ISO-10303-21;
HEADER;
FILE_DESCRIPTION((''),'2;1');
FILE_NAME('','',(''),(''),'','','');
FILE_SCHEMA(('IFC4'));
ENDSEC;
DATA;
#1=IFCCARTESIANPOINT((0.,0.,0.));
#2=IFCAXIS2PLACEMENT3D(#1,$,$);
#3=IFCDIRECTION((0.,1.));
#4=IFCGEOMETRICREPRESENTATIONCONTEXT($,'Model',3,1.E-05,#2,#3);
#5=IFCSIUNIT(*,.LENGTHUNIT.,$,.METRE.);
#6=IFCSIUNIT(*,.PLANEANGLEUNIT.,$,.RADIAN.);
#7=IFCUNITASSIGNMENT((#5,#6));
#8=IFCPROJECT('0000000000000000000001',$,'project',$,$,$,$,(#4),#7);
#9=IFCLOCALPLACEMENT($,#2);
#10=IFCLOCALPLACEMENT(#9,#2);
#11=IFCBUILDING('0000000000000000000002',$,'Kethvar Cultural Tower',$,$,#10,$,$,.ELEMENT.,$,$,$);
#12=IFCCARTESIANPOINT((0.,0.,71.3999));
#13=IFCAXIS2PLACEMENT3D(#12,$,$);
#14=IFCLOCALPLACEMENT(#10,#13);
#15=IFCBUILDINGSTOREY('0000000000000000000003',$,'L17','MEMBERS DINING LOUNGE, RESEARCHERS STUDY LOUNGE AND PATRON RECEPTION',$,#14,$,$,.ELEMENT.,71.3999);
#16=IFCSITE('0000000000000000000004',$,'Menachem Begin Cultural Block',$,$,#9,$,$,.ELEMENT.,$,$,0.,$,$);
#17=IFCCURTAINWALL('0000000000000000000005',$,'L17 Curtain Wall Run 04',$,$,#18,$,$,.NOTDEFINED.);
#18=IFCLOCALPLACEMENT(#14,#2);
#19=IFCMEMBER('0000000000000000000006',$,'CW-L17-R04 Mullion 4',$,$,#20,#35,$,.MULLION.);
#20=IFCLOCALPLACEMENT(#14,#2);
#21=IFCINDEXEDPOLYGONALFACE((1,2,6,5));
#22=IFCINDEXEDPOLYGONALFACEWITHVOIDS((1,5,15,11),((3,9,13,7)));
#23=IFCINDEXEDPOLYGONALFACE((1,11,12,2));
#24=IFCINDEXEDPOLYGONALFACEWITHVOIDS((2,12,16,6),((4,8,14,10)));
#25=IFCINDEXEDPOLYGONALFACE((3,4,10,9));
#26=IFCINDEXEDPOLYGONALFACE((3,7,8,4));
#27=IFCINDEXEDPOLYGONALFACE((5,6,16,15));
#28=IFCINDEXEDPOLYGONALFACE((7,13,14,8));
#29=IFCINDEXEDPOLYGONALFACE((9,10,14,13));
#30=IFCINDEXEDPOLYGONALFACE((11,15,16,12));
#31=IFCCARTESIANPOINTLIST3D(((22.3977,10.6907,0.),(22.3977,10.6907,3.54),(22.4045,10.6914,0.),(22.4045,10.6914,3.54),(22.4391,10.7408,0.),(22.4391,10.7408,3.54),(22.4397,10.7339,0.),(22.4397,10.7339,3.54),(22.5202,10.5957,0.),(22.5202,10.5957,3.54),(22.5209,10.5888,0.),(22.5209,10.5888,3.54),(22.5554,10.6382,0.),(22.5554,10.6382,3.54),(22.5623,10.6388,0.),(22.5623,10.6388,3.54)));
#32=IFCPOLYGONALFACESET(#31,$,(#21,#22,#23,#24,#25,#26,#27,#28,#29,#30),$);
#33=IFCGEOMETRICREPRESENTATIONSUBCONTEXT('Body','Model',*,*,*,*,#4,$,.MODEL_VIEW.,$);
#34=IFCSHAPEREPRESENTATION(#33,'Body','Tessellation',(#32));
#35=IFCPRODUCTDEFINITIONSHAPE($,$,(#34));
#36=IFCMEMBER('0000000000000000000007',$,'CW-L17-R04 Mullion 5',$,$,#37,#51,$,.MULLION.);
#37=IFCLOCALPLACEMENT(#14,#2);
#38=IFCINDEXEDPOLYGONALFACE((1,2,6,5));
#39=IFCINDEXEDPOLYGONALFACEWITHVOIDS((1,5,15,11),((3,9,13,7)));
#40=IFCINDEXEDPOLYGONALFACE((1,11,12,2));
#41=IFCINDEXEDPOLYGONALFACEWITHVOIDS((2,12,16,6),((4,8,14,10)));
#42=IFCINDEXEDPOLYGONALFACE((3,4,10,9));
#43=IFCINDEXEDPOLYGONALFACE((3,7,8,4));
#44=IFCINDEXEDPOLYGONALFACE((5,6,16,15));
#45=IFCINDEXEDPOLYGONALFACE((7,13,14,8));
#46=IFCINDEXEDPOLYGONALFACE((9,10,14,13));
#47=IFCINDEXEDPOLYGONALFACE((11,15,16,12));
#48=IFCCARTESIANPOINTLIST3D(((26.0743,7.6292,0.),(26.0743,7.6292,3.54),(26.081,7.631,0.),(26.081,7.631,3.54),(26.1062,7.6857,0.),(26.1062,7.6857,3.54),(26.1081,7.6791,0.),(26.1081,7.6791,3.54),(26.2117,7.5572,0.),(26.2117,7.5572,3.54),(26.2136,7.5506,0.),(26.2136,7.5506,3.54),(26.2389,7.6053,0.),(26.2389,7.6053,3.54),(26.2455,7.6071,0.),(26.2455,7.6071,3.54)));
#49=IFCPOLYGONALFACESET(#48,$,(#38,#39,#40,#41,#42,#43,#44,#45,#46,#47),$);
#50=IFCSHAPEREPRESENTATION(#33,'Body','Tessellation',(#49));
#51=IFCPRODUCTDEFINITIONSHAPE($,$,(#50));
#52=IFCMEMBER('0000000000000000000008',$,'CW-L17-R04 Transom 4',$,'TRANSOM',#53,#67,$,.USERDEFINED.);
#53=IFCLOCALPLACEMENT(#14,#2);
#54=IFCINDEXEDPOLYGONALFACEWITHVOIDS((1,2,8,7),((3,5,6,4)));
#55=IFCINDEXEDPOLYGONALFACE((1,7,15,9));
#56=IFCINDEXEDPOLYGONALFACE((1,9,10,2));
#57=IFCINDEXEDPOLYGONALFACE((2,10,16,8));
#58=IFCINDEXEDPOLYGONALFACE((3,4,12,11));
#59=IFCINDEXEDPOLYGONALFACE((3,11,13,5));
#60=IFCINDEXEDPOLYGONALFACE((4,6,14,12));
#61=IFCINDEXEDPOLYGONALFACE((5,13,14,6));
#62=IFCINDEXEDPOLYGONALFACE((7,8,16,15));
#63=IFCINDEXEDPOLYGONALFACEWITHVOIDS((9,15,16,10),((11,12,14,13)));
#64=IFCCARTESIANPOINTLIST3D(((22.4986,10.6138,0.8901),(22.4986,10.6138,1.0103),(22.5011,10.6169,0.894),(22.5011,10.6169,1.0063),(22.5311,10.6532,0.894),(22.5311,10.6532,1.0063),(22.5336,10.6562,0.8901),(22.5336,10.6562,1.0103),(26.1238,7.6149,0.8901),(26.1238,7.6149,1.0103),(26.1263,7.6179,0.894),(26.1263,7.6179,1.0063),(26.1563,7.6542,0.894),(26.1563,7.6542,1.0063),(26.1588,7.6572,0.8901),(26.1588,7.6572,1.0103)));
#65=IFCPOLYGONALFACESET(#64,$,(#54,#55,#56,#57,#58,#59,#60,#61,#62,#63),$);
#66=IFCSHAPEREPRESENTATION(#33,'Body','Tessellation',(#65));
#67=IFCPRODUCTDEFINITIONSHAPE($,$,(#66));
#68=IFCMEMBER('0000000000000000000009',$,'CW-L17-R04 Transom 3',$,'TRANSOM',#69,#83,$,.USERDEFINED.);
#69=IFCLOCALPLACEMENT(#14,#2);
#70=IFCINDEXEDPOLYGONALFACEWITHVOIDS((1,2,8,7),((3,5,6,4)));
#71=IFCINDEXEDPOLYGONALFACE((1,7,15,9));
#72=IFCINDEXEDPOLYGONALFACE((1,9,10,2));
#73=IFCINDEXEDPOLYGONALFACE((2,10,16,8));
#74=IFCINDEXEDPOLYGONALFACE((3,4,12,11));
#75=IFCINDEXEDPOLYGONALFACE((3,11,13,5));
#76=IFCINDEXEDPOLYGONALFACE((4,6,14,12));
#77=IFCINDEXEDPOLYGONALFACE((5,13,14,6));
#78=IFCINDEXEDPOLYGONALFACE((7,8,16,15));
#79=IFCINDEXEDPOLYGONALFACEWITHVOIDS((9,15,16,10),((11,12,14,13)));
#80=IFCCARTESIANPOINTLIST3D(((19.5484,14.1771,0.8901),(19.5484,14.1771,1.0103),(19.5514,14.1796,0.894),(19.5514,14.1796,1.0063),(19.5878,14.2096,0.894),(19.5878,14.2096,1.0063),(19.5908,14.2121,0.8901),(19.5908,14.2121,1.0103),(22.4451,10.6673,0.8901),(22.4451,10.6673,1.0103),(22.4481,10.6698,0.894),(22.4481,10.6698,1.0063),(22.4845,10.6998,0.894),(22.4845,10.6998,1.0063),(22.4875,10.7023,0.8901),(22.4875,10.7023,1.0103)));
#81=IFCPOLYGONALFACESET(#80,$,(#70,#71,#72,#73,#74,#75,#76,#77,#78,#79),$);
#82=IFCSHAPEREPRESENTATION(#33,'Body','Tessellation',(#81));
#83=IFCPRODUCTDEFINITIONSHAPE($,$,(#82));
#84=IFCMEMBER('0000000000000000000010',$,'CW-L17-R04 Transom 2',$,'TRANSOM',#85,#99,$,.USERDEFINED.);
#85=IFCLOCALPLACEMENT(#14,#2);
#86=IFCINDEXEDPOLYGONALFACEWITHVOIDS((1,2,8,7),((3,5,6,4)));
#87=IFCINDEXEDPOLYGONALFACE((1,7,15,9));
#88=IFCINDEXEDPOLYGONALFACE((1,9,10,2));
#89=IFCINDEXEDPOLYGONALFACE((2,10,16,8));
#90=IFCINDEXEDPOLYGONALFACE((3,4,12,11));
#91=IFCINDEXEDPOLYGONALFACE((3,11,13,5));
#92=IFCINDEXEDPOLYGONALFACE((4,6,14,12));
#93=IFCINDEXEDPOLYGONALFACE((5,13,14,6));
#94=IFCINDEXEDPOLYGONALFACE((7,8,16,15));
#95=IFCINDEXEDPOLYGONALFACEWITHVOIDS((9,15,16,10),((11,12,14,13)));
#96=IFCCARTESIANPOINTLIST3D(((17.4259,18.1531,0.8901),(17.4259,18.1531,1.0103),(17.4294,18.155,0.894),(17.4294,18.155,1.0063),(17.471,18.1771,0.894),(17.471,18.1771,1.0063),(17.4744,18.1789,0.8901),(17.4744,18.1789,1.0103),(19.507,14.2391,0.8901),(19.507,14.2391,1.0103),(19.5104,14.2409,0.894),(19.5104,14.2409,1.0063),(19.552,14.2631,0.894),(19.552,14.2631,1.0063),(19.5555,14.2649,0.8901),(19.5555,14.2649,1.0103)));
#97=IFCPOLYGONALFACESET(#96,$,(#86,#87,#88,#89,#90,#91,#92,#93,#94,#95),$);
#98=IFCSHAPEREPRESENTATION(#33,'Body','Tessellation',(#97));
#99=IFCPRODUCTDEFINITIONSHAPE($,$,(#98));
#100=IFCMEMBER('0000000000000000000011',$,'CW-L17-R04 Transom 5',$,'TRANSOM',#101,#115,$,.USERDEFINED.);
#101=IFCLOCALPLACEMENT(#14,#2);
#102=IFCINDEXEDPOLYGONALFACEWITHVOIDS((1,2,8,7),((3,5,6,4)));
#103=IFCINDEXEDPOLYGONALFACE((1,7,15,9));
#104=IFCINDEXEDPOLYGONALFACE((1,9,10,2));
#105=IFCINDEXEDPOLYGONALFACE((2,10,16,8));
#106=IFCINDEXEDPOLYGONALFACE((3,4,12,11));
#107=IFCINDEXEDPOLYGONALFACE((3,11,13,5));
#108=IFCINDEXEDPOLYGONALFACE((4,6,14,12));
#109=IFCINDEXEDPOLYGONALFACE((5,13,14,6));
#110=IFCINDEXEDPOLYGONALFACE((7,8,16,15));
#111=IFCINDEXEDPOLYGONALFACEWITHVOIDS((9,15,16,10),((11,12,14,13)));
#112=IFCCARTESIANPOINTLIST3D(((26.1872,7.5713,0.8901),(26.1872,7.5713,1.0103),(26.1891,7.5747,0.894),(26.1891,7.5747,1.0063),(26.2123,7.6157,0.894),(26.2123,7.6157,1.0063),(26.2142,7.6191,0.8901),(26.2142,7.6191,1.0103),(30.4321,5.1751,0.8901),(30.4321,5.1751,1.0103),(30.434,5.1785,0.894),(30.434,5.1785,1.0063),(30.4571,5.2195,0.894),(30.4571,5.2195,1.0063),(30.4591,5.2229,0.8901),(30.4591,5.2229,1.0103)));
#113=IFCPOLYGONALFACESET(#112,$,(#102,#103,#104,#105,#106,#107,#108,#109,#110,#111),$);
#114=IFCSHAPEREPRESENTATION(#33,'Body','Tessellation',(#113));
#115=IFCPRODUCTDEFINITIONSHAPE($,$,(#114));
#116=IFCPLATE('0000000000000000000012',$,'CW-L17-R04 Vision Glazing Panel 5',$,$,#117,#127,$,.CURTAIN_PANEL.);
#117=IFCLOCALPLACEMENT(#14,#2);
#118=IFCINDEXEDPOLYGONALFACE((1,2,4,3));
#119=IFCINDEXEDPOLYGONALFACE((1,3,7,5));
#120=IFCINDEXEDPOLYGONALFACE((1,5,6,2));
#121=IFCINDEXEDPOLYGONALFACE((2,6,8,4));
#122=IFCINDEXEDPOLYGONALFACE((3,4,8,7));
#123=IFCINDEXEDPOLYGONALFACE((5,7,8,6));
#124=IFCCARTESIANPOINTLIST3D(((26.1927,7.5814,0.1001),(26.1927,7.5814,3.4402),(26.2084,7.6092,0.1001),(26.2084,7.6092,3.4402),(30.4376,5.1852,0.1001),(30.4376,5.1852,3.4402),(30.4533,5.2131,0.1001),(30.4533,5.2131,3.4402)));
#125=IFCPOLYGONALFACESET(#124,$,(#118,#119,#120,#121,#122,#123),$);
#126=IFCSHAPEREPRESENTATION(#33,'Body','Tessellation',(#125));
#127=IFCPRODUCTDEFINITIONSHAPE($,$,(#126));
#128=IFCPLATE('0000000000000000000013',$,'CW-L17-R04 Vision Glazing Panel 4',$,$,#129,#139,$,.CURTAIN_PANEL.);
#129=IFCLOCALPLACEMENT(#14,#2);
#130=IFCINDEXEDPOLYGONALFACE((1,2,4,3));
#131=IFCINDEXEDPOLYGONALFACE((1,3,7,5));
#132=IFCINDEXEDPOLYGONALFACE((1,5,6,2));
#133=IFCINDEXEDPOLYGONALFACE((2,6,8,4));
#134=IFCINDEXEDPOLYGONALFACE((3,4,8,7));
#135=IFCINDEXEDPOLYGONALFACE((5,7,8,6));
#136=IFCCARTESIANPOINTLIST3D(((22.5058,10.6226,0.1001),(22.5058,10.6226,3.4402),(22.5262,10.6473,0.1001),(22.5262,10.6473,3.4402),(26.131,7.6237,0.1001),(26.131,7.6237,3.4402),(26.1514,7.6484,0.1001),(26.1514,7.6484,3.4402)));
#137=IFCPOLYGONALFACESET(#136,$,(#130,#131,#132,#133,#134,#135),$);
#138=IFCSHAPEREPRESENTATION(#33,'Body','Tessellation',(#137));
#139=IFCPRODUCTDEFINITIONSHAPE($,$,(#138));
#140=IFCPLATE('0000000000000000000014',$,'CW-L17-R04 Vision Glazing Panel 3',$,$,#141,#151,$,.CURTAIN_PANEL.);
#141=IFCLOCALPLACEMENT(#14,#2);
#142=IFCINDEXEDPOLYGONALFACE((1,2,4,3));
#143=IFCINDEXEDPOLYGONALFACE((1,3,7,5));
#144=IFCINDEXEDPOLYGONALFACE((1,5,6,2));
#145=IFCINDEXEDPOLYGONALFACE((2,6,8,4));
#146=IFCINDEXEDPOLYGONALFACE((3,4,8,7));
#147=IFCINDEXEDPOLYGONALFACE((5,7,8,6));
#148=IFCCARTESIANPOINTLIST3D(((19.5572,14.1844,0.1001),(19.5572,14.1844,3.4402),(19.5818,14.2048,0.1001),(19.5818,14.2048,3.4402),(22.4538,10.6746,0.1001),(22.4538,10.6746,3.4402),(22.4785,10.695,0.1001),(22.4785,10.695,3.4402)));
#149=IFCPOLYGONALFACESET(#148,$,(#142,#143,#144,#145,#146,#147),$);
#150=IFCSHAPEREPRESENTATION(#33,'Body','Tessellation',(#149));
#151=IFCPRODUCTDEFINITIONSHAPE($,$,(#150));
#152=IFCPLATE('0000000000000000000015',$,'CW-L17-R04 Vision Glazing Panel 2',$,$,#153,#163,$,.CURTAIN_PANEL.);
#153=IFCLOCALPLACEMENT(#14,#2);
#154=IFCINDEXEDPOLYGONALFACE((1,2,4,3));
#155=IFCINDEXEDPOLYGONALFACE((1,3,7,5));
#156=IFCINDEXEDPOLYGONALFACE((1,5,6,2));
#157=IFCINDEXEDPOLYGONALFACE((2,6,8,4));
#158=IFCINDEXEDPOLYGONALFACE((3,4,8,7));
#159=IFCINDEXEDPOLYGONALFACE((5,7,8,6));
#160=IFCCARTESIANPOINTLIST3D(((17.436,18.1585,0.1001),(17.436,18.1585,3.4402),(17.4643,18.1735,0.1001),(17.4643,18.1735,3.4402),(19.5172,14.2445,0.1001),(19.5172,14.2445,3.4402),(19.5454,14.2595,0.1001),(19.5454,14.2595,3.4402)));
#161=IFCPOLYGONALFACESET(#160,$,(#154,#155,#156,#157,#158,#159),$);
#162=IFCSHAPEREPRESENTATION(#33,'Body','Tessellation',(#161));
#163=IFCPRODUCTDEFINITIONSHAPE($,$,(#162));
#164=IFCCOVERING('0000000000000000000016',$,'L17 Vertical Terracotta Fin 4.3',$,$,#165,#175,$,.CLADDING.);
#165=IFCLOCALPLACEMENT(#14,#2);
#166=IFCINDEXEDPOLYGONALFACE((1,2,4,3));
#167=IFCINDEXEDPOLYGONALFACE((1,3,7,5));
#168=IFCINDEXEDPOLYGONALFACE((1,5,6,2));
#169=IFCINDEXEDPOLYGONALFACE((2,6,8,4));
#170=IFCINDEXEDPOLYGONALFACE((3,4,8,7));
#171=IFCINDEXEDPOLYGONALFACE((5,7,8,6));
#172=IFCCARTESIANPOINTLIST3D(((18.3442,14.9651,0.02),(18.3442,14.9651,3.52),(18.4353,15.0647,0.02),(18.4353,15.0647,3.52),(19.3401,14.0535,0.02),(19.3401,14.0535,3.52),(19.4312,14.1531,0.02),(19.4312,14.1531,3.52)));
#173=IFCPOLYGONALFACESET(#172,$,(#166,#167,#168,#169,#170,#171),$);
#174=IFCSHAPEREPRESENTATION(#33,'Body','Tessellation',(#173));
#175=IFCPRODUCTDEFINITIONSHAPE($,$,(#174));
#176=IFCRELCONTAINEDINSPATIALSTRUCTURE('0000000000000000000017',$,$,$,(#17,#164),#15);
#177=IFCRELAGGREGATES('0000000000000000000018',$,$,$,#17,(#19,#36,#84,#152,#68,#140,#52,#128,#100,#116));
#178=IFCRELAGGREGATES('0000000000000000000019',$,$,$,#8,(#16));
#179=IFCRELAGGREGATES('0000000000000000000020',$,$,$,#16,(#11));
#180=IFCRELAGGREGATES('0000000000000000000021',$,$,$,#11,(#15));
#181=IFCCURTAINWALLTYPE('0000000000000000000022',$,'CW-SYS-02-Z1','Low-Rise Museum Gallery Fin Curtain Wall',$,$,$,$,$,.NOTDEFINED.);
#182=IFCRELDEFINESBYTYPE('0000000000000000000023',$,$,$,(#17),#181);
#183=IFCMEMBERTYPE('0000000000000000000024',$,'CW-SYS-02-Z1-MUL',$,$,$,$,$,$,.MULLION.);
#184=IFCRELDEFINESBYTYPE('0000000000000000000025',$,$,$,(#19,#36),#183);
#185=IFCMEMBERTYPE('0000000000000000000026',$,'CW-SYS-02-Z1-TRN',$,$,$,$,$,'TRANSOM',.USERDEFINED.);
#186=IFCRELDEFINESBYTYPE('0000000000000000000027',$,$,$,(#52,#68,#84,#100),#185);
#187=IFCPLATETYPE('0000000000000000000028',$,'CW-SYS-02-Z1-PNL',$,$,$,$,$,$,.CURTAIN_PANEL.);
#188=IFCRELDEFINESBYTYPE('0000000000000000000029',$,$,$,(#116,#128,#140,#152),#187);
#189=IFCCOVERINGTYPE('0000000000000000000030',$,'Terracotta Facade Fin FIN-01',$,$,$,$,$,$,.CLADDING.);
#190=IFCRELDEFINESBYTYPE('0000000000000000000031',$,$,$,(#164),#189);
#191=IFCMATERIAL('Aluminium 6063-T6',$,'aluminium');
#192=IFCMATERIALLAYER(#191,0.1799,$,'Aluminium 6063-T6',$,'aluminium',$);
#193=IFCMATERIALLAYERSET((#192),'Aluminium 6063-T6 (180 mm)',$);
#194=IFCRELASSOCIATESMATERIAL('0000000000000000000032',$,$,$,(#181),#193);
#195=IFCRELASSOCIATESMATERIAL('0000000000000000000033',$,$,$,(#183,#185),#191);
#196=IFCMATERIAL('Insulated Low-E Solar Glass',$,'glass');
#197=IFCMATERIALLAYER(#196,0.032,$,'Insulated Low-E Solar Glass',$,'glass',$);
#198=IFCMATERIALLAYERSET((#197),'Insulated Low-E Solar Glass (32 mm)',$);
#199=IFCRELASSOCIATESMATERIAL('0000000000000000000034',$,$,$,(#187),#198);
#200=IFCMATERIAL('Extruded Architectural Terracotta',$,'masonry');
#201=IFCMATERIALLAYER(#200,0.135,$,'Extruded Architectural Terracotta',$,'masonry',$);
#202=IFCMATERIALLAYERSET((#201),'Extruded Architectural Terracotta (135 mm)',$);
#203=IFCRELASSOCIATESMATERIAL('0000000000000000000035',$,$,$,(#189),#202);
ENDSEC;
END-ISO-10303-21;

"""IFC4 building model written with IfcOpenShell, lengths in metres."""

from ifc_helpers import new_model, si_unit, direction, frame, origin, origin_2d, place, context, subcontext, project, spatial, rectangle, hollow_rectangle, extrude, source, transform, mapped, material, layer, layer_set, material_profile, profile_set, type_object, element, aggregate, save


model = new_model("IFC4")

# Units and contexts
model_context = context("Model", 3, precision=1e-05, world=origin(), true_north=direction((0.0, 1.0)))
body_context = subcontext(model_context, "Body", "Model", "MODEL_VIEW")
ifc_project = project(units=[si_unit("LENGTHUNIT", "METRE"), si_unit("PLANEANGLEUNIT", "RADIAN")], contexts=[model_context])

# Site, building, storey
site_placement = place(None, origin())
site = spatial("IfcSite", under=ifc_project, at=site_placement, Name="Menachem Begin Cultural Block", CompositionType="ELEMENT", RefElevation=0.0)
building_placement = place(site_placement, origin())
building = spatial("IfcBuilding", under=site, at=building_placement, Name="Kethvar Cultural Tower", CompositionType="ELEMENT")
storey_placement = place(building_placement, frame((0.0, 0.0, 71.3999)))
storey = spatial("IfcBuildingStorey", under=building, at=storey_placement, Name="L17", Description="MEMBERS DINING LOUNGE, RESEARCHERS STUDY LOUNGE AND PATRON RECEPTION", CompositionType="ELEMENT", Elevation=71.3999)

# Curtain wall, members, plates
ifc_material_1 = material(Name="Aluminium 6063-T6", Category="aluminium")
ifc_layer_1 = layer(ifc_material_1, 0.1799, Name="Aluminium 6063-T6", Category="aluminium")
ifc_layer_set_1 = layer_set([ifc_layer_1], Name="Aluminium 6063-T6 (180 mm)")
curtain_wall_type = type_object("IfcCurtainWallType", Name="CW-SYS-02-Z1", Description="Low-Rise Museum Gallery Fin Curtain Wall", PredefinedType="NOTDEFINED", material=ifc_layer_set_1)
curtain_wall_placement = place(storey_placement, origin())
curtain_wall = element("IfcCurtainWall", 1, at=curtain_wall_placement, inside=storey, type_object=curtain_wall_type, Name="L17 Curtain Wall Run 04", PredefinedType="NOTDEFINED")
ifc_material_profile_1 = material_profile(ifc_material_1, hollow_rectangle(XDim=0.0649, YDim=0.1599, WallThickness=0.0049, at=origin_2d()), Name="Aluminium 6063-T6 — RHS160x65x5")
ifc_profile_set_1 = profile_set([ifc_material_profile_1], Name="Aluminium 6063-T6 — RHS160x65x5")
member_type_1 = type_object("IfcMemberType", Name="CW-SYS-02-Z1-MUL", PredefinedType="MULLION", material=ifc_profile_set_1)
shared_shape_1 = source(origin(), body_context, "Body", "SweptSolid", [
    extrude(hollow_rectangle(XDim=0.0649, YDim=0.1599, WallThickness=0.0049, at=origin_2d()), origin(), (0.0, 0.0, 1.0), 3.54),
])
member_1_placement = place(storey_placement, frame((22.48, 10.6648, 0.0), z_axis=(0.0, 0.0, 1.0), x_axis=(0.637411, 0.770524, 0.0)))
member_1 = element("IfcMember", 2, at=member_1_placement, type_object=member_type_1, Name="CW-L17-R04 Mullion 4", PredefinedType="MULLION", context=body_context, shape_type="MappedRepresentation", body=[
    mapped(shared_shape_1, transform((0.0, 0.0, 0.0), scale=1.0)),
])
member_2_placement = place(storey_placement, frame((26.1599, 7.6182, 0.0), z_axis=(0.0, 0.0, 1.0), x_axis=(0.491573, 0.870837, 0.0)))
member_2 = element("IfcMember", 3, at=member_2_placement, type_object=member_type_1, Name="CW-L17-R04 Mullion 5", PredefinedType="MULLION", context=body_context, shape_type="MappedRepresentation", body=[
    mapped(shared_shape_1, transform((0.0, 0.0, 0.0), scale=1.0)),
])
ifc_material_profile_2 = material_profile(ifc_material_1, hollow_rectangle(XDim=0.0549, YDim=0.1201, WallThickness=0.0039, at=origin_2d()), Name="Aluminium 6063-T6 — RHS120x55x4")
ifc_profile_set_2 = profile_set([ifc_material_profile_2], Name="Aluminium 6063-T6 — RHS120x55x4")
member_type_2 = type_object("IfcMemberType", Name="CW-SYS-02-Z1-TRN", ElementType="TRANSOM", PredefinedType="USERDEFINED", material=ifc_profile_set_2)
shared_shape_2 = source(origin(), body_context, "Body", "SweptSolid", [
    extrude(hollow_rectangle(XDim=0.0549, YDim=0.1201, WallThickness=0.0039, at=origin_2d()), origin(), (0.0, 0.0, 1.0), 4.7048),
])
member_3_placement = place(storey_placement, frame((22.5161, 10.635, 0.9502), z_axis=(0.770517, -0.637419, 0.0), x_axis=(0.637419, 0.770517, 0.0)))
member_3 = element("IfcMember", 4, at=member_3_placement, type_object=member_type_2, Name="CW-L17-R04 Transom 4", ObjectType="TRANSOM", PredefinedType="USERDEFINED", context=body_context, shape_type="MappedRepresentation", body=[
    mapped(shared_shape_2, transform((0.0, 0.0, 0.0), scale=1.0)),
])
shared_shape_3 = source(origin(), body_context, "Body", "SweptSolid", [
    extrude(hollow_rectangle(XDim=0.0549, YDim=0.1201, WallThickness=0.0039, at=origin_2d()), origin(), (0.0, 0.0, 1.0), 4.5508),
])
member_4_placement = place(storey_placement, frame((19.5696, 14.1946, 0.9502), z_axis=(0.636536, -0.771247, 0.0), x_axis=(0.771247, 0.636536, 0.0)))
member_4 = element("IfcMember", 5, at=member_4_placement, type_object=member_type_2, Name="CW-L17-R04 Transom 3", ObjectType="TRANSOM", PredefinedType="USERDEFINED", context=body_context, shape_type="MappedRepresentation", body=[
    mapped(shared_shape_3, transform((0.0, 0.0, 0.0), scale=1.0)),
])
shared_shape_4 = source(origin(), body_context, "Body", "SweptSolid", [
    extrude(hollow_rectangle(XDim=0.0549, YDim=0.1201, WallThickness=0.0039, at=origin_2d()), origin(), (0.0, 0.0, 1.0), 4.4329),
])
member_5_placement = place(storey_placement, frame((17.4502, 18.166, 0.9502), z_axis=(0.469456, -0.882956, 0.0), x_axis=(0.882956, 0.469456, 0.0)))
member_5 = element("IfcMember", 6, at=member_5_placement, type_object=member_type_2, Name="CW-L17-R04 Transom 2", ObjectType="TRANSOM", PredefinedType="USERDEFINED", context=body_context, shape_type="MappedRepresentation", body=[
    mapped(shared_shape_4, transform((0.0, 0.0, 0.0), scale=1.0)),
])
shared_shape_5 = source(origin(), body_context, "Body", "SweptSolid", [
    extrude(hollow_rectangle(XDim=0.0549, YDim=0.1201, WallThickness=0.0039, at=origin_2d()), origin(), (0.0, 0.0, 1.0), 4.8745),
])
member_6_placement = place(storey_placement, frame((26.2007, 7.5952, 0.9502), z_axis=(0.870829, -0.491585, 0.0), x_axis=(0.491585, 0.870829, 0.0)))
member_6 = element("IfcMember", 7, at=member_6_placement, type_object=member_type_2, Name="CW-L17-R04 Transom 5", ObjectType="TRANSOM", PredefinedType="USERDEFINED", context=body_context, shape_type="MappedRepresentation", body=[
    mapped(shared_shape_5, transform((0.0, 0.0, 0.0), scale=1.0)),
])
ifc_material_2 = material(Name="Insulated Low-E Solar Glass", Category="glass")
ifc_layer_2 = layer(ifc_material_2, 0.032, Name="Insulated Low-E Solar Glass", Category="glass")
ifc_layer_set_2 = layer_set([ifc_layer_2], Name="Insulated Low-E Solar Glass (32 mm)")
plate_type = type_object("IfcPlateType", Name="CW-SYS-02-Z1-PNL", PredefinedType="CURTAIN_PANEL", material=ifc_layer_set_2)
shared_shape_6 = source(origin(), body_context, "Body", "SweptSolid", [
    extrude(rectangle(XDim=4.8745, YDim=0.032, at=origin_2d()), origin(), (0.0, 0.0, 1.0), 3.3401),
])
plate_1_placement = place(storey_placement, frame((28.323, 6.3972, 0.1001), z_axis=(0.0, 0.0, 1.0), x_axis=(0.870837, -0.491573, 0.0)))
plate_1 = element("IfcPlate", 8, at=plate_1_placement, type_object=plate_type, Name="CW-L17-R04 Vision Glazing Panel 5", PredefinedType="CURTAIN_PANEL", context=body_context, shape_type="MappedRepresentation", body=[
    mapped(shared_shape_6, transform((0.0, 0.0, 0.0), scale=1.0)),
])
shared_shape_7 = source(origin(), body_context, "Body", "SweptSolid", [
    extrude(rectangle(XDim=4.7048, YDim=0.032, at=origin_2d()), origin(), (0.0, 0.0, 1.0), 3.3401),
])
plate_2_placement = place(storey_placement, frame((24.3286, 9.1355, 0.1001), z_axis=(0.0, 0.0, 1.0), x_axis=(0.770524, -0.637411, 0.0)))
plate_2 = element("IfcPlate", 9, at=plate_2_placement, type_object=plate_type, Name="CW-L17-R04 Vision Glazing Panel 4", PredefinedType="CURTAIN_PANEL", context=body_context, shape_type="MappedRepresentation", body=[
    mapped(shared_shape_7, transform((0.0, 0.0, 0.0), scale=1.0)),
])
shared_shape_8 = source(origin(), body_context, "Body", "SweptSolid", [
    extrude(rectangle(XDim=4.5508, YDim=0.032, at=origin_2d()), origin(), (0.0, 0.0, 1.0), 3.3401),
])
plate_3_placement = place(storey_placement, frame((21.0178, 12.4397, 0.1001), z_axis=(0.0, 0.0, 1.0), x_axis=(0.636523, -0.771258, 0.0)))
plate_3 = element("IfcPlate", 10, at=plate_3_placement, type_object=plate_type, Name="CW-L17-R04 Vision Glazing Panel 3", PredefinedType="CURTAIN_PANEL", context=body_context, shape_type="MappedRepresentation", body=[
    mapped(shared_shape_8, transform((0.0, 0.0, 0.0), scale=1.0)),
])
shared_shape_9 = source(origin(), body_context, "Body", "SweptSolid", [
    extrude(rectangle(XDim=4.4329, YDim=0.032, at=origin_2d()), origin(), (0.0, 0.0, 1.0), 3.3401),
])
plate_4_placement = place(storey_placement, frame((18.4907, 16.209, 0.1001), z_axis=(0.0, 0.0, 1.0), x_axis=(0.469487, -0.882939, 0.0)))
plate_4 = element("IfcPlate", 11, at=plate_4_placement, type_object=plate_type, Name="CW-L17-R04 Vision Glazing Panel 2", PredefinedType="CURTAIN_PANEL", context=body_context, shape_type="MappedRepresentation", body=[
    mapped(shared_shape_9, transform((0.0, 0.0, 0.0), scale=1.0)),
])
aggregate(curtain_wall, [member_1, member_2, member_5, plate_4, member_4, plate_3, member_3, plate_2, member_6, plate_1])

# Covering
ifc_material_3 = material(Name="Extruded Architectural Terracotta", Category="masonry")
ifc_layer_3 = layer(ifc_material_3, 0.135, Name="Extruded Architectural Terracotta", Category="masonry")
ifc_layer_set_3 = layer_set([ifc_layer_3], Name="Extruded Architectural Terracotta (135 mm)")
covering_type = type_object("IfcCoveringType", Name="Terracotta Facade Fin FIN-01", PredefinedType="CLADDING", material=ifc_layer_set_3)
shared_shape_10 = source(origin(), body_context, "Body", "SweptSolid", [
    extrude(rectangle(XDim=1.3501, YDim=0.135, at=origin_2d()), origin(), (0.0, 0.0, 1.0), 3.5),
])
for number, where, z_axis, x_axis, name in (
    (12, (18.8877, 14.5591, 0.02), (0.0, 0.0, 1.0), (-0.737631, 0.675204, 0.0), "L17 Vertical Terracotta Fin 4.3"),
):
    element("IfcCovering", number, at=place(storey_placement, frame(where, z_axis=z_axis, x_axis=x_axis)), inside=storey, type_object=covering_type, Name=name, PredefinedType="CLADDING", context=body_context, shape_type="MappedRepresentation", body=[
        mapped(shared_shape_10, transform((0.0, 0.0, 0.0), scale=1.0)),
    ])

save(model, "model.ifc")
